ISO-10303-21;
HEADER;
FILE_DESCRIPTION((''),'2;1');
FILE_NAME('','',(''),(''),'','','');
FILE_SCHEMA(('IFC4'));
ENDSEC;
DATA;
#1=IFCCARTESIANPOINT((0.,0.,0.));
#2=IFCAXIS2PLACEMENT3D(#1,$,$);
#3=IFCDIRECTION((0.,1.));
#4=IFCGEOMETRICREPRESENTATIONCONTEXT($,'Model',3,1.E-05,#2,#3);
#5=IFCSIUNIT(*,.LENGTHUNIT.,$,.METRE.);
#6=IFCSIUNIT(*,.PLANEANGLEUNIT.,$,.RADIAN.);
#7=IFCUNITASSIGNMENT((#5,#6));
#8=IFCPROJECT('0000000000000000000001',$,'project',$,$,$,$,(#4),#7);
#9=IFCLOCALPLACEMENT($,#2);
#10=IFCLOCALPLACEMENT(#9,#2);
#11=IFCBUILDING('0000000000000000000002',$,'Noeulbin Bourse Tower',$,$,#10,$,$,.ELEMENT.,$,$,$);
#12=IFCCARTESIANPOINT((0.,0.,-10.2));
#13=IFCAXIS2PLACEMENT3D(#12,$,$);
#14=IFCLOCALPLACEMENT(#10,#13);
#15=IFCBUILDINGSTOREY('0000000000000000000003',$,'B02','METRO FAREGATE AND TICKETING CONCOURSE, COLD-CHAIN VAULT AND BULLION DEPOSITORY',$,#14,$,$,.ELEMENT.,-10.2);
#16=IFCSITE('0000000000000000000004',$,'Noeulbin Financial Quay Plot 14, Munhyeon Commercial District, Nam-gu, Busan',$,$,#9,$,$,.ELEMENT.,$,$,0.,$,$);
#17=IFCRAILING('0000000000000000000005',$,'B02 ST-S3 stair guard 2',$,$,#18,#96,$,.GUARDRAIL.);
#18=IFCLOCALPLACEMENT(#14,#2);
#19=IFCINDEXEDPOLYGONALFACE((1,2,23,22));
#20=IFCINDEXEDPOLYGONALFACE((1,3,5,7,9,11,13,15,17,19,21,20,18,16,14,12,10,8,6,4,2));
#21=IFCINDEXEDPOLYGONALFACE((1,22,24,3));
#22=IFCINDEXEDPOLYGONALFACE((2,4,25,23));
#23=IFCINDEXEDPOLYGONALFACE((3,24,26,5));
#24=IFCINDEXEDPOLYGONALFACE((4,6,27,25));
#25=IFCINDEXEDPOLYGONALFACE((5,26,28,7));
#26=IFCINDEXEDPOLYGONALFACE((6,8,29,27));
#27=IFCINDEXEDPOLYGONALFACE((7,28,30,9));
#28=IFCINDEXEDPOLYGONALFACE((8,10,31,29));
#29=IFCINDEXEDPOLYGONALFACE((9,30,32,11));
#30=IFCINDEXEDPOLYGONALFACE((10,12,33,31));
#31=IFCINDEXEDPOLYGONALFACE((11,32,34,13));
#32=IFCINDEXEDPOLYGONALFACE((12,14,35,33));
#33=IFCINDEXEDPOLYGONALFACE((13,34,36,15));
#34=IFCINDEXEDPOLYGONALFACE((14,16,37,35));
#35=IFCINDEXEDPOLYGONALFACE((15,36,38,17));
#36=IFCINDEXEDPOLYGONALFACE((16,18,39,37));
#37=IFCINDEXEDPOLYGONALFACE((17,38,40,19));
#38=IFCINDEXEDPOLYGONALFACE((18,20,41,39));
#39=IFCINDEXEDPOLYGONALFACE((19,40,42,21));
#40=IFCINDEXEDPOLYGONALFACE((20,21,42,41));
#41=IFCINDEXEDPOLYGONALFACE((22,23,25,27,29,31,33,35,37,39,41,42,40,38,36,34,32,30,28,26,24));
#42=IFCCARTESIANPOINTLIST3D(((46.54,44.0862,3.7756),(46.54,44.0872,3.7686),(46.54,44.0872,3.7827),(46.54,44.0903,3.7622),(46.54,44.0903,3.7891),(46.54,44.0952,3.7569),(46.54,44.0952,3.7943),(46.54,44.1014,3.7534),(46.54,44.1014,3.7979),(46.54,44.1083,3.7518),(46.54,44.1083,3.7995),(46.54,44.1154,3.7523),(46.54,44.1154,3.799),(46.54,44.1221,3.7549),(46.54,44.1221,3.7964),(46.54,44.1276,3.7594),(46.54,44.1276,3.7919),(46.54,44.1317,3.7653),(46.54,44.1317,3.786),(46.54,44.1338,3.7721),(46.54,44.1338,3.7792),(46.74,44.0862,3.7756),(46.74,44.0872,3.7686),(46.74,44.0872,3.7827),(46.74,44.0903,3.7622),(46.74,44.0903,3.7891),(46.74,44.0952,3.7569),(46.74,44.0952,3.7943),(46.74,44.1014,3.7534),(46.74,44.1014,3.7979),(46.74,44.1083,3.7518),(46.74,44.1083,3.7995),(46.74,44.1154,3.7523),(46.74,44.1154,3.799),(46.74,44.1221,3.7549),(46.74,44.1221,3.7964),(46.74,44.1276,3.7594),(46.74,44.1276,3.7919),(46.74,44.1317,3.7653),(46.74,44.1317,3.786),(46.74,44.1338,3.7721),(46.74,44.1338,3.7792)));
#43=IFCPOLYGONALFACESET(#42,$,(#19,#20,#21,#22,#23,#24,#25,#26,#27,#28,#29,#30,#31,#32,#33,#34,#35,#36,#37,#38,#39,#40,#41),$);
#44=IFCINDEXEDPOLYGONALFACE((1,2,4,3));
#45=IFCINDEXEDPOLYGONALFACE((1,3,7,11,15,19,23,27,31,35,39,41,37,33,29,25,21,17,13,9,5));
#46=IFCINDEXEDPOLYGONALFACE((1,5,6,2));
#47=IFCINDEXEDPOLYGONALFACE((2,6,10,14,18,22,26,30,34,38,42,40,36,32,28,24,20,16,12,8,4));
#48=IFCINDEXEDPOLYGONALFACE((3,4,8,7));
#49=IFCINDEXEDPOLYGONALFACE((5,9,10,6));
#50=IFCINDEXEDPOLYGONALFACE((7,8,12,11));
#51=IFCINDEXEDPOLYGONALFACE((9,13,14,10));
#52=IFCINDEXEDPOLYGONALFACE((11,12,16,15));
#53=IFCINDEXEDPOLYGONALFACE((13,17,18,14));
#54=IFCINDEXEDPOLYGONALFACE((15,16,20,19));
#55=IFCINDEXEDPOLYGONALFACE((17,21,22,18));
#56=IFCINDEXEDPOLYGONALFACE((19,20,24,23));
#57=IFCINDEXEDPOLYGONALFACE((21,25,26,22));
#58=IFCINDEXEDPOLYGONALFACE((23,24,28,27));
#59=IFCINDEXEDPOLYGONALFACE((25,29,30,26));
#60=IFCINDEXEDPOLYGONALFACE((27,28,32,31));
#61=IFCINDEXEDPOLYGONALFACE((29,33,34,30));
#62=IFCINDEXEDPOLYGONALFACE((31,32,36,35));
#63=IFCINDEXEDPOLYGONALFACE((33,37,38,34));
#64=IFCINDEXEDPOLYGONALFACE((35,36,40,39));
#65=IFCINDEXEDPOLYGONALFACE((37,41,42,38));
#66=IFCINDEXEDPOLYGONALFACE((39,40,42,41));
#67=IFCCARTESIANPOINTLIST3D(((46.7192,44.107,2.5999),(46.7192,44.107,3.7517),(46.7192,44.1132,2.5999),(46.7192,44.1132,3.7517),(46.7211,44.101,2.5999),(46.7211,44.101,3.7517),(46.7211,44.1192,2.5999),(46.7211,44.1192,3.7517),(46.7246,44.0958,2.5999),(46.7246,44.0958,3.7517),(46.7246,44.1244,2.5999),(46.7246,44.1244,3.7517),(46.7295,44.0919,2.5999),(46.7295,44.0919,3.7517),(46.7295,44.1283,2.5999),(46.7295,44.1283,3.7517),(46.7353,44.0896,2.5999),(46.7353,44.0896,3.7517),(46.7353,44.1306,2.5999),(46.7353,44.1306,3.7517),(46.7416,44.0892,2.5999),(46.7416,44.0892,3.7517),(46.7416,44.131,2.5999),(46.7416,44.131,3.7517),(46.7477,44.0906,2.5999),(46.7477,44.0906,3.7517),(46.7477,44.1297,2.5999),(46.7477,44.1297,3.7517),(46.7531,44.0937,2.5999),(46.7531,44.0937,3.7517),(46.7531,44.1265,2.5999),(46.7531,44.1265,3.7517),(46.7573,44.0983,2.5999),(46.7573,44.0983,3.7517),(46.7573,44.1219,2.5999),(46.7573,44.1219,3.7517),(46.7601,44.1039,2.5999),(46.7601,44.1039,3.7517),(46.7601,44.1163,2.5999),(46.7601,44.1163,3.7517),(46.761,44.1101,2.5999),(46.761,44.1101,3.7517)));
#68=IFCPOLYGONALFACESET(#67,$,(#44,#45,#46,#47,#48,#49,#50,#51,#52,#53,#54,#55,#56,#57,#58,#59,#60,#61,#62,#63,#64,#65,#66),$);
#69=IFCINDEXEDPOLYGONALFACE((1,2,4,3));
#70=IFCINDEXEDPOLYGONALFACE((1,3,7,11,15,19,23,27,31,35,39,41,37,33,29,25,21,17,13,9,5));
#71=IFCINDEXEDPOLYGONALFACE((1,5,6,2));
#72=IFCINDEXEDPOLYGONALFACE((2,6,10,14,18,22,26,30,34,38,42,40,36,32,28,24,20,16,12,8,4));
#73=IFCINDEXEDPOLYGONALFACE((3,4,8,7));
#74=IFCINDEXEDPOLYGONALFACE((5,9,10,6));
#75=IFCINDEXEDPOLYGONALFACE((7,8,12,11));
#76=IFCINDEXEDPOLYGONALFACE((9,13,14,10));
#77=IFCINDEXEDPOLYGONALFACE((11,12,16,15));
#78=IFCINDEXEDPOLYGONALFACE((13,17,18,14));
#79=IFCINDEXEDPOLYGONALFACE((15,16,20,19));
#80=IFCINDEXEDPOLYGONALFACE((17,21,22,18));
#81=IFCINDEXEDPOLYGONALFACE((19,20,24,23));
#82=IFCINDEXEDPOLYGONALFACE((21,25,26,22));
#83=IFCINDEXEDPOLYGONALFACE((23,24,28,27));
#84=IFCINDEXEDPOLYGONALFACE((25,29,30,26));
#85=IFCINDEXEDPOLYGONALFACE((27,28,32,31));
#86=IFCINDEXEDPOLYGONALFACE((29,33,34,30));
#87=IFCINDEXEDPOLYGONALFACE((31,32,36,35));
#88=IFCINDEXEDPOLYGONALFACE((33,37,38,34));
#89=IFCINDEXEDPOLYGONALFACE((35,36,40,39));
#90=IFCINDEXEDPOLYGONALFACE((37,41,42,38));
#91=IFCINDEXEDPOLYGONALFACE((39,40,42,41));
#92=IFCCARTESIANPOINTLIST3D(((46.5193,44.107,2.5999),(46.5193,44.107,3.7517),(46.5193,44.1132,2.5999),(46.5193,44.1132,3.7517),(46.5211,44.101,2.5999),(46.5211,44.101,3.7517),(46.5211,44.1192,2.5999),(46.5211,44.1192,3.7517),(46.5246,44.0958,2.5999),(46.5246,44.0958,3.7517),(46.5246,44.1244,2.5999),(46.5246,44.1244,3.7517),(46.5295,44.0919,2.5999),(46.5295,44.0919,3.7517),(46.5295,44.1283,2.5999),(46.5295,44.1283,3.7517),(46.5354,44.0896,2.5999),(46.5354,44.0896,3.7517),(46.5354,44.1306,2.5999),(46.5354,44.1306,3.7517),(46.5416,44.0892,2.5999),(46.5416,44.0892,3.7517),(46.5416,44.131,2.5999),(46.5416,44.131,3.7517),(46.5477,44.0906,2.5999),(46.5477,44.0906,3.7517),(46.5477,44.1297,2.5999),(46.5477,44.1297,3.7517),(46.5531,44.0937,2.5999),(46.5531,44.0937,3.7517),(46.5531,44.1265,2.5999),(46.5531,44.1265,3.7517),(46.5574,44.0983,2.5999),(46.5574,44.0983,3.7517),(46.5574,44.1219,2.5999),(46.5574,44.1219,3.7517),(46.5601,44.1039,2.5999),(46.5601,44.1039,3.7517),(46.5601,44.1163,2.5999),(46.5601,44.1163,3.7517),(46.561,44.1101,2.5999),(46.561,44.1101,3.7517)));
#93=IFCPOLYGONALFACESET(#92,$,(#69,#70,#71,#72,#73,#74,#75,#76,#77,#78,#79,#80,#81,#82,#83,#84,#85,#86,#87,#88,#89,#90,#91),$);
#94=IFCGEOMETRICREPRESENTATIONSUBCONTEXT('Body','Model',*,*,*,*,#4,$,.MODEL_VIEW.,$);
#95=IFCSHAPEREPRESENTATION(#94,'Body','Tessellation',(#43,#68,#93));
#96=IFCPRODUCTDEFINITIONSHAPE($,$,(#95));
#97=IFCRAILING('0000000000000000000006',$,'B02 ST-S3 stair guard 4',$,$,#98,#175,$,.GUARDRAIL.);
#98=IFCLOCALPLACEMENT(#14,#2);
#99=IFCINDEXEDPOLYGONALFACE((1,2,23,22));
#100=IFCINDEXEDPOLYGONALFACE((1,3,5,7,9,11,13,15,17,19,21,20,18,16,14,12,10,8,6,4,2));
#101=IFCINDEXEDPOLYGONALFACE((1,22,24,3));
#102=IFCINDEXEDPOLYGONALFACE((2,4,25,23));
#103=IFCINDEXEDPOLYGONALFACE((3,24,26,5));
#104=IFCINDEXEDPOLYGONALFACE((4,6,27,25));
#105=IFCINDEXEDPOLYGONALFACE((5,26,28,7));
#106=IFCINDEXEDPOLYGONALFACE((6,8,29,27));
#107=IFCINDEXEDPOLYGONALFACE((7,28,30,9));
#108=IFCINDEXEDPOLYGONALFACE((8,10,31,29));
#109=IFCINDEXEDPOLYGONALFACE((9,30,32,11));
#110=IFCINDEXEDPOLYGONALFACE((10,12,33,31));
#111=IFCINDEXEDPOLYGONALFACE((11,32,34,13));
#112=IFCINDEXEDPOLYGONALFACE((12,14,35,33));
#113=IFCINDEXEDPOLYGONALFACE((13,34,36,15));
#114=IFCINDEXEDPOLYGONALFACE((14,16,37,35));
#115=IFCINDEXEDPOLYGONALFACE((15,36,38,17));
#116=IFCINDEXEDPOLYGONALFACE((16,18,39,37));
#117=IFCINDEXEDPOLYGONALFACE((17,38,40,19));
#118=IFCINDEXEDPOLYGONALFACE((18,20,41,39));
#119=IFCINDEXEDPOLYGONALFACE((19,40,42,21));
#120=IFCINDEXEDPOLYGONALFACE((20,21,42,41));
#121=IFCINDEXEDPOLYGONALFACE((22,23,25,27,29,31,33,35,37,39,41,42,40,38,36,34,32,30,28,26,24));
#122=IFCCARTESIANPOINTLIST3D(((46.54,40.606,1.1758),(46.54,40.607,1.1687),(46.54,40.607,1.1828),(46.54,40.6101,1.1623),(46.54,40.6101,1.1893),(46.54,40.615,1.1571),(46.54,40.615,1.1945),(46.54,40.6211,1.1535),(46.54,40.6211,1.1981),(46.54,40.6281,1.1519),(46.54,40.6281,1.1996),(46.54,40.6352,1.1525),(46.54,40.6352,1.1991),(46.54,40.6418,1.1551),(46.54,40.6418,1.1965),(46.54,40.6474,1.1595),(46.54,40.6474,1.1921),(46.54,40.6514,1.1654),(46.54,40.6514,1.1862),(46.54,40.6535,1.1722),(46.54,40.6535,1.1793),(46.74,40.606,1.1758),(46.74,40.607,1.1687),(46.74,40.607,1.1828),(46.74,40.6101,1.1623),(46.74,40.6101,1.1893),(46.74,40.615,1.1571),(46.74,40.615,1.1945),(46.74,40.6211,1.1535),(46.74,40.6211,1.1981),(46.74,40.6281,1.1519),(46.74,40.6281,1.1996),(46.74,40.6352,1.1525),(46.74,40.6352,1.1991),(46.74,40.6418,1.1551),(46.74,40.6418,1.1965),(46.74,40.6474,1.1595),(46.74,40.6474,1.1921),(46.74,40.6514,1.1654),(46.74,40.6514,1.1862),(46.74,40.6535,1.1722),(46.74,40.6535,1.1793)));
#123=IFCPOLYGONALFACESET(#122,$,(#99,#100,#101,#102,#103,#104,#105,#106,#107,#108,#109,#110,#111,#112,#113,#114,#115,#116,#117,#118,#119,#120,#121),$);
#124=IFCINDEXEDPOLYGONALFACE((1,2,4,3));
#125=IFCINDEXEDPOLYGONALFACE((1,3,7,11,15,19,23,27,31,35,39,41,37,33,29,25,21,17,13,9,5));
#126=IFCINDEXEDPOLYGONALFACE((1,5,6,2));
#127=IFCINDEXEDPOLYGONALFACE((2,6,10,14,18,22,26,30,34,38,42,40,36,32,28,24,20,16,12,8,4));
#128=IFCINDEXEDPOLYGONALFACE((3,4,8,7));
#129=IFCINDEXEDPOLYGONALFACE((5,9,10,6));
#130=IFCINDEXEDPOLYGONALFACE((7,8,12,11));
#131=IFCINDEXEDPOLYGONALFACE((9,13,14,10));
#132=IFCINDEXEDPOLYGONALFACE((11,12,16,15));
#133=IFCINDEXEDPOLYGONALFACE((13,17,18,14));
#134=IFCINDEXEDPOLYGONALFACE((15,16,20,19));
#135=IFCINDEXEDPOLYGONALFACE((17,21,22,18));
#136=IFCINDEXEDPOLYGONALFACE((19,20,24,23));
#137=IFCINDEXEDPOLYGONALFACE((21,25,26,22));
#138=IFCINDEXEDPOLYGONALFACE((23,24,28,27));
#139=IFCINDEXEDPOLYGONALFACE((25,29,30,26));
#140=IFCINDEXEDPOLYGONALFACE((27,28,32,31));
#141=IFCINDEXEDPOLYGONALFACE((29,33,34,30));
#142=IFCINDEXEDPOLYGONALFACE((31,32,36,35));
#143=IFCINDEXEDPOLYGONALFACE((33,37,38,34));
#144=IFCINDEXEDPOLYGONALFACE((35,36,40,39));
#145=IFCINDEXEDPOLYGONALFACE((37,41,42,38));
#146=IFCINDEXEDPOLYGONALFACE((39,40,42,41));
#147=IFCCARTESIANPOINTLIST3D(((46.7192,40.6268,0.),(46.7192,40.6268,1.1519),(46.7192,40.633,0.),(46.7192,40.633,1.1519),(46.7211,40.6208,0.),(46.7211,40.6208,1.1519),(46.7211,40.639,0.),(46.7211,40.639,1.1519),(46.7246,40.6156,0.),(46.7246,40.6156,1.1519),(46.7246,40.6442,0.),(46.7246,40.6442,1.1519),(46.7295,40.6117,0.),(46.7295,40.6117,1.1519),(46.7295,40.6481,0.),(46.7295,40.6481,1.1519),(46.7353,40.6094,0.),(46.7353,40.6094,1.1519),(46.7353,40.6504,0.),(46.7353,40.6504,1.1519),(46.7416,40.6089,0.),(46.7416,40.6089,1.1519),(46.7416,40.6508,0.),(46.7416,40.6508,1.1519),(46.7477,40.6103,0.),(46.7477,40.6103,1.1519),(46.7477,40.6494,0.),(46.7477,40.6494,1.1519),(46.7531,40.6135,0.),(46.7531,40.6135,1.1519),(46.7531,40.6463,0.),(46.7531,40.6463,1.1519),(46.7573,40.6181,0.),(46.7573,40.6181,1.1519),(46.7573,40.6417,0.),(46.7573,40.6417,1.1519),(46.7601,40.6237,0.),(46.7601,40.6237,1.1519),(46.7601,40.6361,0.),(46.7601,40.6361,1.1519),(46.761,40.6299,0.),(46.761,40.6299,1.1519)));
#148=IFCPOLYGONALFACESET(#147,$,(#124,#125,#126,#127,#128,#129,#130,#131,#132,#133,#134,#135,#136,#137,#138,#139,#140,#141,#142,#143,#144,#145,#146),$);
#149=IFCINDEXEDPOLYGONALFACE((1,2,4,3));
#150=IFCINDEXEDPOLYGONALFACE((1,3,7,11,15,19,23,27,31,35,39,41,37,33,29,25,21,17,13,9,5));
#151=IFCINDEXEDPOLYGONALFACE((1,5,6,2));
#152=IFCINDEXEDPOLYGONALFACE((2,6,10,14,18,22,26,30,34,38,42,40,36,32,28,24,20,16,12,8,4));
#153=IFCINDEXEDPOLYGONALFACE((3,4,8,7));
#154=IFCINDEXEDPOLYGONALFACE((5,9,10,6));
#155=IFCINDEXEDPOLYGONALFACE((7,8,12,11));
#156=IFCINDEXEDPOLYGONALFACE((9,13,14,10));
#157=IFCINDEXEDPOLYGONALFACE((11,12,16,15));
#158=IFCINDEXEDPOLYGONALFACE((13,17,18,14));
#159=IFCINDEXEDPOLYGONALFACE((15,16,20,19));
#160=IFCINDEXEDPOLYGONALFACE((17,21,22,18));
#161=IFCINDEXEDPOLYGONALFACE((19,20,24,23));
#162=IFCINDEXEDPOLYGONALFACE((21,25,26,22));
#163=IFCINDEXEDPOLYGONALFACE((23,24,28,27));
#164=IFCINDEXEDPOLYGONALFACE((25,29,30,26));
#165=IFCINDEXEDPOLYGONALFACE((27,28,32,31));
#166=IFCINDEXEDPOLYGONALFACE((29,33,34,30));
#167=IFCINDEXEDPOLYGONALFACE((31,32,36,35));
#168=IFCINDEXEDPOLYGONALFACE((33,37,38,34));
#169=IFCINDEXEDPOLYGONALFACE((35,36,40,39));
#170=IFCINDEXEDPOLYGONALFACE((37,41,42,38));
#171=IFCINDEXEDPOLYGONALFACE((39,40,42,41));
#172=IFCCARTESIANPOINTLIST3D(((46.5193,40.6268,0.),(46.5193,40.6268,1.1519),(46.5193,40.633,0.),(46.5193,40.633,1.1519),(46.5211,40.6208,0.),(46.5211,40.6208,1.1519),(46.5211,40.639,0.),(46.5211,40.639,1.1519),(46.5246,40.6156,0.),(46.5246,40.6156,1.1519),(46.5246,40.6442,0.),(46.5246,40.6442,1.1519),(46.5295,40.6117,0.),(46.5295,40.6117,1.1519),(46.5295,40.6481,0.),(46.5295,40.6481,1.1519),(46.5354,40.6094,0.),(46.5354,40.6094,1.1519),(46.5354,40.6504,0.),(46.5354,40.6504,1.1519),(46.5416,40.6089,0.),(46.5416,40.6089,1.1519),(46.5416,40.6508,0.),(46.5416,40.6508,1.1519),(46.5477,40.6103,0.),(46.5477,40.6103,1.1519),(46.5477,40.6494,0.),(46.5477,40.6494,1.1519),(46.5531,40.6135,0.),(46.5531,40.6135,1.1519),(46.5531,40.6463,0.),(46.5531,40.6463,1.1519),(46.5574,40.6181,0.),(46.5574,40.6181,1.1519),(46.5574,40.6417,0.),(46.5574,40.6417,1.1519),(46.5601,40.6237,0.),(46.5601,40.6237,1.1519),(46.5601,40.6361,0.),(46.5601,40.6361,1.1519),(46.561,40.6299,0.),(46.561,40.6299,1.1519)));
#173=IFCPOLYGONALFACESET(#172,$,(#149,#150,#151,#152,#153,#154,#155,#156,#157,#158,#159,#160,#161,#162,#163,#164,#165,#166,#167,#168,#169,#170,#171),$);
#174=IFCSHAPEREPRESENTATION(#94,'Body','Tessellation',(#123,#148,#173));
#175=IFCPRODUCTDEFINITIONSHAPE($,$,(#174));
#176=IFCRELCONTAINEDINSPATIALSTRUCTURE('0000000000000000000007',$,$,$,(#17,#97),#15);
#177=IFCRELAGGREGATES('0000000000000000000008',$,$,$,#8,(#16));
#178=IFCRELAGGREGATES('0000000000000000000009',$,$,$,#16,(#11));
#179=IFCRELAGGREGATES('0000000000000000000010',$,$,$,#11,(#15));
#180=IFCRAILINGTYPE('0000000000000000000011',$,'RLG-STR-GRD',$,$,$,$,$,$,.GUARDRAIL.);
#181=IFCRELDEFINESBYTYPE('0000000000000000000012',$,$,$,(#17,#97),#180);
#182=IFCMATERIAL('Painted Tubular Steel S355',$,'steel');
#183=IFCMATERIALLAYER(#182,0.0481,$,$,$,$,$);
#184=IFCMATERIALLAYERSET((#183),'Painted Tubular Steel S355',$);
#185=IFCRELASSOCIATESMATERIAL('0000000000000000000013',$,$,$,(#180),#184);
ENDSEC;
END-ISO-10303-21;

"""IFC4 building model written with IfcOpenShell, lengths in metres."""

from ifc_helpers import new_model, si_unit, direction, frame, origin, origin_2d, place, context, subcontext, project, spatial, circle, extrude, material, layer, layer_set, type_object, element, save


model = new_model("IFC4")

# Units and contexts
model_context = context("Model", 3, precision=1e-05, world=origin(), true_north=direction((0.0, 1.0)))
body_context = subcontext(model_context, "Body", "Model", "MODEL_VIEW")
ifc_project = project(units=[si_unit("LENGTHUNIT", "METRE"), si_unit("PLANEANGLEUNIT", "RADIAN")], contexts=[model_context])

# Site, building, storey
site_placement = place(None, origin())
site = spatial("IfcSite", under=ifc_project, at=site_placement, Name="Noeulbin Financial Quay Plot 14, Munhyeon Commercial District, Nam-gu, Busan", CompositionType="ELEMENT", RefElevation=0.0)
building_placement = place(site_placement, origin())
building = spatial("IfcBuilding", under=site, at=building_placement, Name="Noeulbin Bourse Tower", CompositionType="ELEMENT")
storey_placement = place(building_placement, frame((0.0, 0.0, -10.2)))
storey = spatial("IfcBuildingStorey", under=building, at=storey_placement, Name="B02", Description="METRO FAREGATE AND TICKETING CONCOURSE, COLD-CHAIN VAULT AND BULLION DEPOSITORY", CompositionType="ELEMENT", Elevation=-10.2)

# Railings
ifc_material_1 = material(Name="Painted Tubular Steel S355", Category="steel")
ifc_layer_1 = layer(ifc_material_1, 0.0481)
ifc_layer_set_1 = layer_set([ifc_layer_1], Name="Painted Tubular Steel S355")
railing_type_1 = type_object("IfcRailingType", Name="RLG-STR-GRD", PredefinedType="GUARDRAIL", material=ifc_layer_set_1)
for number, where, name in (
    (1, (46.74, 44.1101, 2.5999), "B02 ST-S3 stair guard 2"),
    (2, (46.74, 40.6299, 0.0), "B02 ST-S3 stair guard 4"),
):
    element("IfcRailing", number, at=place(storey_placement, frame(where)), inside=storey, type_object=railing_type_1, Name=name, PredefinedType="GUARDRAIL", context=body_context, shape_type="SweptSolid", body=[
        extrude(circle(Radius=0.0239, at=origin_2d()), frame((0.0, 0.0, 1.1758), z_axis=(-1.0, 0.0, 0.0), x_axis=(0.0, -1.0, 0.0)), (0.0, 0.0, 1.0), 0.2),
        extrude(circle(Radius=0.021, at=origin_2d()), origin(), (0.0, 0.0, 1.0), 1.1519),
        extrude(circle(Radius=0.021, at=origin_2d()), frame((-0.2, 0.0, 0.0)), (0.0, 0.0, 1.0), 1.1519),
    ])

save(model, "model.ifc")
